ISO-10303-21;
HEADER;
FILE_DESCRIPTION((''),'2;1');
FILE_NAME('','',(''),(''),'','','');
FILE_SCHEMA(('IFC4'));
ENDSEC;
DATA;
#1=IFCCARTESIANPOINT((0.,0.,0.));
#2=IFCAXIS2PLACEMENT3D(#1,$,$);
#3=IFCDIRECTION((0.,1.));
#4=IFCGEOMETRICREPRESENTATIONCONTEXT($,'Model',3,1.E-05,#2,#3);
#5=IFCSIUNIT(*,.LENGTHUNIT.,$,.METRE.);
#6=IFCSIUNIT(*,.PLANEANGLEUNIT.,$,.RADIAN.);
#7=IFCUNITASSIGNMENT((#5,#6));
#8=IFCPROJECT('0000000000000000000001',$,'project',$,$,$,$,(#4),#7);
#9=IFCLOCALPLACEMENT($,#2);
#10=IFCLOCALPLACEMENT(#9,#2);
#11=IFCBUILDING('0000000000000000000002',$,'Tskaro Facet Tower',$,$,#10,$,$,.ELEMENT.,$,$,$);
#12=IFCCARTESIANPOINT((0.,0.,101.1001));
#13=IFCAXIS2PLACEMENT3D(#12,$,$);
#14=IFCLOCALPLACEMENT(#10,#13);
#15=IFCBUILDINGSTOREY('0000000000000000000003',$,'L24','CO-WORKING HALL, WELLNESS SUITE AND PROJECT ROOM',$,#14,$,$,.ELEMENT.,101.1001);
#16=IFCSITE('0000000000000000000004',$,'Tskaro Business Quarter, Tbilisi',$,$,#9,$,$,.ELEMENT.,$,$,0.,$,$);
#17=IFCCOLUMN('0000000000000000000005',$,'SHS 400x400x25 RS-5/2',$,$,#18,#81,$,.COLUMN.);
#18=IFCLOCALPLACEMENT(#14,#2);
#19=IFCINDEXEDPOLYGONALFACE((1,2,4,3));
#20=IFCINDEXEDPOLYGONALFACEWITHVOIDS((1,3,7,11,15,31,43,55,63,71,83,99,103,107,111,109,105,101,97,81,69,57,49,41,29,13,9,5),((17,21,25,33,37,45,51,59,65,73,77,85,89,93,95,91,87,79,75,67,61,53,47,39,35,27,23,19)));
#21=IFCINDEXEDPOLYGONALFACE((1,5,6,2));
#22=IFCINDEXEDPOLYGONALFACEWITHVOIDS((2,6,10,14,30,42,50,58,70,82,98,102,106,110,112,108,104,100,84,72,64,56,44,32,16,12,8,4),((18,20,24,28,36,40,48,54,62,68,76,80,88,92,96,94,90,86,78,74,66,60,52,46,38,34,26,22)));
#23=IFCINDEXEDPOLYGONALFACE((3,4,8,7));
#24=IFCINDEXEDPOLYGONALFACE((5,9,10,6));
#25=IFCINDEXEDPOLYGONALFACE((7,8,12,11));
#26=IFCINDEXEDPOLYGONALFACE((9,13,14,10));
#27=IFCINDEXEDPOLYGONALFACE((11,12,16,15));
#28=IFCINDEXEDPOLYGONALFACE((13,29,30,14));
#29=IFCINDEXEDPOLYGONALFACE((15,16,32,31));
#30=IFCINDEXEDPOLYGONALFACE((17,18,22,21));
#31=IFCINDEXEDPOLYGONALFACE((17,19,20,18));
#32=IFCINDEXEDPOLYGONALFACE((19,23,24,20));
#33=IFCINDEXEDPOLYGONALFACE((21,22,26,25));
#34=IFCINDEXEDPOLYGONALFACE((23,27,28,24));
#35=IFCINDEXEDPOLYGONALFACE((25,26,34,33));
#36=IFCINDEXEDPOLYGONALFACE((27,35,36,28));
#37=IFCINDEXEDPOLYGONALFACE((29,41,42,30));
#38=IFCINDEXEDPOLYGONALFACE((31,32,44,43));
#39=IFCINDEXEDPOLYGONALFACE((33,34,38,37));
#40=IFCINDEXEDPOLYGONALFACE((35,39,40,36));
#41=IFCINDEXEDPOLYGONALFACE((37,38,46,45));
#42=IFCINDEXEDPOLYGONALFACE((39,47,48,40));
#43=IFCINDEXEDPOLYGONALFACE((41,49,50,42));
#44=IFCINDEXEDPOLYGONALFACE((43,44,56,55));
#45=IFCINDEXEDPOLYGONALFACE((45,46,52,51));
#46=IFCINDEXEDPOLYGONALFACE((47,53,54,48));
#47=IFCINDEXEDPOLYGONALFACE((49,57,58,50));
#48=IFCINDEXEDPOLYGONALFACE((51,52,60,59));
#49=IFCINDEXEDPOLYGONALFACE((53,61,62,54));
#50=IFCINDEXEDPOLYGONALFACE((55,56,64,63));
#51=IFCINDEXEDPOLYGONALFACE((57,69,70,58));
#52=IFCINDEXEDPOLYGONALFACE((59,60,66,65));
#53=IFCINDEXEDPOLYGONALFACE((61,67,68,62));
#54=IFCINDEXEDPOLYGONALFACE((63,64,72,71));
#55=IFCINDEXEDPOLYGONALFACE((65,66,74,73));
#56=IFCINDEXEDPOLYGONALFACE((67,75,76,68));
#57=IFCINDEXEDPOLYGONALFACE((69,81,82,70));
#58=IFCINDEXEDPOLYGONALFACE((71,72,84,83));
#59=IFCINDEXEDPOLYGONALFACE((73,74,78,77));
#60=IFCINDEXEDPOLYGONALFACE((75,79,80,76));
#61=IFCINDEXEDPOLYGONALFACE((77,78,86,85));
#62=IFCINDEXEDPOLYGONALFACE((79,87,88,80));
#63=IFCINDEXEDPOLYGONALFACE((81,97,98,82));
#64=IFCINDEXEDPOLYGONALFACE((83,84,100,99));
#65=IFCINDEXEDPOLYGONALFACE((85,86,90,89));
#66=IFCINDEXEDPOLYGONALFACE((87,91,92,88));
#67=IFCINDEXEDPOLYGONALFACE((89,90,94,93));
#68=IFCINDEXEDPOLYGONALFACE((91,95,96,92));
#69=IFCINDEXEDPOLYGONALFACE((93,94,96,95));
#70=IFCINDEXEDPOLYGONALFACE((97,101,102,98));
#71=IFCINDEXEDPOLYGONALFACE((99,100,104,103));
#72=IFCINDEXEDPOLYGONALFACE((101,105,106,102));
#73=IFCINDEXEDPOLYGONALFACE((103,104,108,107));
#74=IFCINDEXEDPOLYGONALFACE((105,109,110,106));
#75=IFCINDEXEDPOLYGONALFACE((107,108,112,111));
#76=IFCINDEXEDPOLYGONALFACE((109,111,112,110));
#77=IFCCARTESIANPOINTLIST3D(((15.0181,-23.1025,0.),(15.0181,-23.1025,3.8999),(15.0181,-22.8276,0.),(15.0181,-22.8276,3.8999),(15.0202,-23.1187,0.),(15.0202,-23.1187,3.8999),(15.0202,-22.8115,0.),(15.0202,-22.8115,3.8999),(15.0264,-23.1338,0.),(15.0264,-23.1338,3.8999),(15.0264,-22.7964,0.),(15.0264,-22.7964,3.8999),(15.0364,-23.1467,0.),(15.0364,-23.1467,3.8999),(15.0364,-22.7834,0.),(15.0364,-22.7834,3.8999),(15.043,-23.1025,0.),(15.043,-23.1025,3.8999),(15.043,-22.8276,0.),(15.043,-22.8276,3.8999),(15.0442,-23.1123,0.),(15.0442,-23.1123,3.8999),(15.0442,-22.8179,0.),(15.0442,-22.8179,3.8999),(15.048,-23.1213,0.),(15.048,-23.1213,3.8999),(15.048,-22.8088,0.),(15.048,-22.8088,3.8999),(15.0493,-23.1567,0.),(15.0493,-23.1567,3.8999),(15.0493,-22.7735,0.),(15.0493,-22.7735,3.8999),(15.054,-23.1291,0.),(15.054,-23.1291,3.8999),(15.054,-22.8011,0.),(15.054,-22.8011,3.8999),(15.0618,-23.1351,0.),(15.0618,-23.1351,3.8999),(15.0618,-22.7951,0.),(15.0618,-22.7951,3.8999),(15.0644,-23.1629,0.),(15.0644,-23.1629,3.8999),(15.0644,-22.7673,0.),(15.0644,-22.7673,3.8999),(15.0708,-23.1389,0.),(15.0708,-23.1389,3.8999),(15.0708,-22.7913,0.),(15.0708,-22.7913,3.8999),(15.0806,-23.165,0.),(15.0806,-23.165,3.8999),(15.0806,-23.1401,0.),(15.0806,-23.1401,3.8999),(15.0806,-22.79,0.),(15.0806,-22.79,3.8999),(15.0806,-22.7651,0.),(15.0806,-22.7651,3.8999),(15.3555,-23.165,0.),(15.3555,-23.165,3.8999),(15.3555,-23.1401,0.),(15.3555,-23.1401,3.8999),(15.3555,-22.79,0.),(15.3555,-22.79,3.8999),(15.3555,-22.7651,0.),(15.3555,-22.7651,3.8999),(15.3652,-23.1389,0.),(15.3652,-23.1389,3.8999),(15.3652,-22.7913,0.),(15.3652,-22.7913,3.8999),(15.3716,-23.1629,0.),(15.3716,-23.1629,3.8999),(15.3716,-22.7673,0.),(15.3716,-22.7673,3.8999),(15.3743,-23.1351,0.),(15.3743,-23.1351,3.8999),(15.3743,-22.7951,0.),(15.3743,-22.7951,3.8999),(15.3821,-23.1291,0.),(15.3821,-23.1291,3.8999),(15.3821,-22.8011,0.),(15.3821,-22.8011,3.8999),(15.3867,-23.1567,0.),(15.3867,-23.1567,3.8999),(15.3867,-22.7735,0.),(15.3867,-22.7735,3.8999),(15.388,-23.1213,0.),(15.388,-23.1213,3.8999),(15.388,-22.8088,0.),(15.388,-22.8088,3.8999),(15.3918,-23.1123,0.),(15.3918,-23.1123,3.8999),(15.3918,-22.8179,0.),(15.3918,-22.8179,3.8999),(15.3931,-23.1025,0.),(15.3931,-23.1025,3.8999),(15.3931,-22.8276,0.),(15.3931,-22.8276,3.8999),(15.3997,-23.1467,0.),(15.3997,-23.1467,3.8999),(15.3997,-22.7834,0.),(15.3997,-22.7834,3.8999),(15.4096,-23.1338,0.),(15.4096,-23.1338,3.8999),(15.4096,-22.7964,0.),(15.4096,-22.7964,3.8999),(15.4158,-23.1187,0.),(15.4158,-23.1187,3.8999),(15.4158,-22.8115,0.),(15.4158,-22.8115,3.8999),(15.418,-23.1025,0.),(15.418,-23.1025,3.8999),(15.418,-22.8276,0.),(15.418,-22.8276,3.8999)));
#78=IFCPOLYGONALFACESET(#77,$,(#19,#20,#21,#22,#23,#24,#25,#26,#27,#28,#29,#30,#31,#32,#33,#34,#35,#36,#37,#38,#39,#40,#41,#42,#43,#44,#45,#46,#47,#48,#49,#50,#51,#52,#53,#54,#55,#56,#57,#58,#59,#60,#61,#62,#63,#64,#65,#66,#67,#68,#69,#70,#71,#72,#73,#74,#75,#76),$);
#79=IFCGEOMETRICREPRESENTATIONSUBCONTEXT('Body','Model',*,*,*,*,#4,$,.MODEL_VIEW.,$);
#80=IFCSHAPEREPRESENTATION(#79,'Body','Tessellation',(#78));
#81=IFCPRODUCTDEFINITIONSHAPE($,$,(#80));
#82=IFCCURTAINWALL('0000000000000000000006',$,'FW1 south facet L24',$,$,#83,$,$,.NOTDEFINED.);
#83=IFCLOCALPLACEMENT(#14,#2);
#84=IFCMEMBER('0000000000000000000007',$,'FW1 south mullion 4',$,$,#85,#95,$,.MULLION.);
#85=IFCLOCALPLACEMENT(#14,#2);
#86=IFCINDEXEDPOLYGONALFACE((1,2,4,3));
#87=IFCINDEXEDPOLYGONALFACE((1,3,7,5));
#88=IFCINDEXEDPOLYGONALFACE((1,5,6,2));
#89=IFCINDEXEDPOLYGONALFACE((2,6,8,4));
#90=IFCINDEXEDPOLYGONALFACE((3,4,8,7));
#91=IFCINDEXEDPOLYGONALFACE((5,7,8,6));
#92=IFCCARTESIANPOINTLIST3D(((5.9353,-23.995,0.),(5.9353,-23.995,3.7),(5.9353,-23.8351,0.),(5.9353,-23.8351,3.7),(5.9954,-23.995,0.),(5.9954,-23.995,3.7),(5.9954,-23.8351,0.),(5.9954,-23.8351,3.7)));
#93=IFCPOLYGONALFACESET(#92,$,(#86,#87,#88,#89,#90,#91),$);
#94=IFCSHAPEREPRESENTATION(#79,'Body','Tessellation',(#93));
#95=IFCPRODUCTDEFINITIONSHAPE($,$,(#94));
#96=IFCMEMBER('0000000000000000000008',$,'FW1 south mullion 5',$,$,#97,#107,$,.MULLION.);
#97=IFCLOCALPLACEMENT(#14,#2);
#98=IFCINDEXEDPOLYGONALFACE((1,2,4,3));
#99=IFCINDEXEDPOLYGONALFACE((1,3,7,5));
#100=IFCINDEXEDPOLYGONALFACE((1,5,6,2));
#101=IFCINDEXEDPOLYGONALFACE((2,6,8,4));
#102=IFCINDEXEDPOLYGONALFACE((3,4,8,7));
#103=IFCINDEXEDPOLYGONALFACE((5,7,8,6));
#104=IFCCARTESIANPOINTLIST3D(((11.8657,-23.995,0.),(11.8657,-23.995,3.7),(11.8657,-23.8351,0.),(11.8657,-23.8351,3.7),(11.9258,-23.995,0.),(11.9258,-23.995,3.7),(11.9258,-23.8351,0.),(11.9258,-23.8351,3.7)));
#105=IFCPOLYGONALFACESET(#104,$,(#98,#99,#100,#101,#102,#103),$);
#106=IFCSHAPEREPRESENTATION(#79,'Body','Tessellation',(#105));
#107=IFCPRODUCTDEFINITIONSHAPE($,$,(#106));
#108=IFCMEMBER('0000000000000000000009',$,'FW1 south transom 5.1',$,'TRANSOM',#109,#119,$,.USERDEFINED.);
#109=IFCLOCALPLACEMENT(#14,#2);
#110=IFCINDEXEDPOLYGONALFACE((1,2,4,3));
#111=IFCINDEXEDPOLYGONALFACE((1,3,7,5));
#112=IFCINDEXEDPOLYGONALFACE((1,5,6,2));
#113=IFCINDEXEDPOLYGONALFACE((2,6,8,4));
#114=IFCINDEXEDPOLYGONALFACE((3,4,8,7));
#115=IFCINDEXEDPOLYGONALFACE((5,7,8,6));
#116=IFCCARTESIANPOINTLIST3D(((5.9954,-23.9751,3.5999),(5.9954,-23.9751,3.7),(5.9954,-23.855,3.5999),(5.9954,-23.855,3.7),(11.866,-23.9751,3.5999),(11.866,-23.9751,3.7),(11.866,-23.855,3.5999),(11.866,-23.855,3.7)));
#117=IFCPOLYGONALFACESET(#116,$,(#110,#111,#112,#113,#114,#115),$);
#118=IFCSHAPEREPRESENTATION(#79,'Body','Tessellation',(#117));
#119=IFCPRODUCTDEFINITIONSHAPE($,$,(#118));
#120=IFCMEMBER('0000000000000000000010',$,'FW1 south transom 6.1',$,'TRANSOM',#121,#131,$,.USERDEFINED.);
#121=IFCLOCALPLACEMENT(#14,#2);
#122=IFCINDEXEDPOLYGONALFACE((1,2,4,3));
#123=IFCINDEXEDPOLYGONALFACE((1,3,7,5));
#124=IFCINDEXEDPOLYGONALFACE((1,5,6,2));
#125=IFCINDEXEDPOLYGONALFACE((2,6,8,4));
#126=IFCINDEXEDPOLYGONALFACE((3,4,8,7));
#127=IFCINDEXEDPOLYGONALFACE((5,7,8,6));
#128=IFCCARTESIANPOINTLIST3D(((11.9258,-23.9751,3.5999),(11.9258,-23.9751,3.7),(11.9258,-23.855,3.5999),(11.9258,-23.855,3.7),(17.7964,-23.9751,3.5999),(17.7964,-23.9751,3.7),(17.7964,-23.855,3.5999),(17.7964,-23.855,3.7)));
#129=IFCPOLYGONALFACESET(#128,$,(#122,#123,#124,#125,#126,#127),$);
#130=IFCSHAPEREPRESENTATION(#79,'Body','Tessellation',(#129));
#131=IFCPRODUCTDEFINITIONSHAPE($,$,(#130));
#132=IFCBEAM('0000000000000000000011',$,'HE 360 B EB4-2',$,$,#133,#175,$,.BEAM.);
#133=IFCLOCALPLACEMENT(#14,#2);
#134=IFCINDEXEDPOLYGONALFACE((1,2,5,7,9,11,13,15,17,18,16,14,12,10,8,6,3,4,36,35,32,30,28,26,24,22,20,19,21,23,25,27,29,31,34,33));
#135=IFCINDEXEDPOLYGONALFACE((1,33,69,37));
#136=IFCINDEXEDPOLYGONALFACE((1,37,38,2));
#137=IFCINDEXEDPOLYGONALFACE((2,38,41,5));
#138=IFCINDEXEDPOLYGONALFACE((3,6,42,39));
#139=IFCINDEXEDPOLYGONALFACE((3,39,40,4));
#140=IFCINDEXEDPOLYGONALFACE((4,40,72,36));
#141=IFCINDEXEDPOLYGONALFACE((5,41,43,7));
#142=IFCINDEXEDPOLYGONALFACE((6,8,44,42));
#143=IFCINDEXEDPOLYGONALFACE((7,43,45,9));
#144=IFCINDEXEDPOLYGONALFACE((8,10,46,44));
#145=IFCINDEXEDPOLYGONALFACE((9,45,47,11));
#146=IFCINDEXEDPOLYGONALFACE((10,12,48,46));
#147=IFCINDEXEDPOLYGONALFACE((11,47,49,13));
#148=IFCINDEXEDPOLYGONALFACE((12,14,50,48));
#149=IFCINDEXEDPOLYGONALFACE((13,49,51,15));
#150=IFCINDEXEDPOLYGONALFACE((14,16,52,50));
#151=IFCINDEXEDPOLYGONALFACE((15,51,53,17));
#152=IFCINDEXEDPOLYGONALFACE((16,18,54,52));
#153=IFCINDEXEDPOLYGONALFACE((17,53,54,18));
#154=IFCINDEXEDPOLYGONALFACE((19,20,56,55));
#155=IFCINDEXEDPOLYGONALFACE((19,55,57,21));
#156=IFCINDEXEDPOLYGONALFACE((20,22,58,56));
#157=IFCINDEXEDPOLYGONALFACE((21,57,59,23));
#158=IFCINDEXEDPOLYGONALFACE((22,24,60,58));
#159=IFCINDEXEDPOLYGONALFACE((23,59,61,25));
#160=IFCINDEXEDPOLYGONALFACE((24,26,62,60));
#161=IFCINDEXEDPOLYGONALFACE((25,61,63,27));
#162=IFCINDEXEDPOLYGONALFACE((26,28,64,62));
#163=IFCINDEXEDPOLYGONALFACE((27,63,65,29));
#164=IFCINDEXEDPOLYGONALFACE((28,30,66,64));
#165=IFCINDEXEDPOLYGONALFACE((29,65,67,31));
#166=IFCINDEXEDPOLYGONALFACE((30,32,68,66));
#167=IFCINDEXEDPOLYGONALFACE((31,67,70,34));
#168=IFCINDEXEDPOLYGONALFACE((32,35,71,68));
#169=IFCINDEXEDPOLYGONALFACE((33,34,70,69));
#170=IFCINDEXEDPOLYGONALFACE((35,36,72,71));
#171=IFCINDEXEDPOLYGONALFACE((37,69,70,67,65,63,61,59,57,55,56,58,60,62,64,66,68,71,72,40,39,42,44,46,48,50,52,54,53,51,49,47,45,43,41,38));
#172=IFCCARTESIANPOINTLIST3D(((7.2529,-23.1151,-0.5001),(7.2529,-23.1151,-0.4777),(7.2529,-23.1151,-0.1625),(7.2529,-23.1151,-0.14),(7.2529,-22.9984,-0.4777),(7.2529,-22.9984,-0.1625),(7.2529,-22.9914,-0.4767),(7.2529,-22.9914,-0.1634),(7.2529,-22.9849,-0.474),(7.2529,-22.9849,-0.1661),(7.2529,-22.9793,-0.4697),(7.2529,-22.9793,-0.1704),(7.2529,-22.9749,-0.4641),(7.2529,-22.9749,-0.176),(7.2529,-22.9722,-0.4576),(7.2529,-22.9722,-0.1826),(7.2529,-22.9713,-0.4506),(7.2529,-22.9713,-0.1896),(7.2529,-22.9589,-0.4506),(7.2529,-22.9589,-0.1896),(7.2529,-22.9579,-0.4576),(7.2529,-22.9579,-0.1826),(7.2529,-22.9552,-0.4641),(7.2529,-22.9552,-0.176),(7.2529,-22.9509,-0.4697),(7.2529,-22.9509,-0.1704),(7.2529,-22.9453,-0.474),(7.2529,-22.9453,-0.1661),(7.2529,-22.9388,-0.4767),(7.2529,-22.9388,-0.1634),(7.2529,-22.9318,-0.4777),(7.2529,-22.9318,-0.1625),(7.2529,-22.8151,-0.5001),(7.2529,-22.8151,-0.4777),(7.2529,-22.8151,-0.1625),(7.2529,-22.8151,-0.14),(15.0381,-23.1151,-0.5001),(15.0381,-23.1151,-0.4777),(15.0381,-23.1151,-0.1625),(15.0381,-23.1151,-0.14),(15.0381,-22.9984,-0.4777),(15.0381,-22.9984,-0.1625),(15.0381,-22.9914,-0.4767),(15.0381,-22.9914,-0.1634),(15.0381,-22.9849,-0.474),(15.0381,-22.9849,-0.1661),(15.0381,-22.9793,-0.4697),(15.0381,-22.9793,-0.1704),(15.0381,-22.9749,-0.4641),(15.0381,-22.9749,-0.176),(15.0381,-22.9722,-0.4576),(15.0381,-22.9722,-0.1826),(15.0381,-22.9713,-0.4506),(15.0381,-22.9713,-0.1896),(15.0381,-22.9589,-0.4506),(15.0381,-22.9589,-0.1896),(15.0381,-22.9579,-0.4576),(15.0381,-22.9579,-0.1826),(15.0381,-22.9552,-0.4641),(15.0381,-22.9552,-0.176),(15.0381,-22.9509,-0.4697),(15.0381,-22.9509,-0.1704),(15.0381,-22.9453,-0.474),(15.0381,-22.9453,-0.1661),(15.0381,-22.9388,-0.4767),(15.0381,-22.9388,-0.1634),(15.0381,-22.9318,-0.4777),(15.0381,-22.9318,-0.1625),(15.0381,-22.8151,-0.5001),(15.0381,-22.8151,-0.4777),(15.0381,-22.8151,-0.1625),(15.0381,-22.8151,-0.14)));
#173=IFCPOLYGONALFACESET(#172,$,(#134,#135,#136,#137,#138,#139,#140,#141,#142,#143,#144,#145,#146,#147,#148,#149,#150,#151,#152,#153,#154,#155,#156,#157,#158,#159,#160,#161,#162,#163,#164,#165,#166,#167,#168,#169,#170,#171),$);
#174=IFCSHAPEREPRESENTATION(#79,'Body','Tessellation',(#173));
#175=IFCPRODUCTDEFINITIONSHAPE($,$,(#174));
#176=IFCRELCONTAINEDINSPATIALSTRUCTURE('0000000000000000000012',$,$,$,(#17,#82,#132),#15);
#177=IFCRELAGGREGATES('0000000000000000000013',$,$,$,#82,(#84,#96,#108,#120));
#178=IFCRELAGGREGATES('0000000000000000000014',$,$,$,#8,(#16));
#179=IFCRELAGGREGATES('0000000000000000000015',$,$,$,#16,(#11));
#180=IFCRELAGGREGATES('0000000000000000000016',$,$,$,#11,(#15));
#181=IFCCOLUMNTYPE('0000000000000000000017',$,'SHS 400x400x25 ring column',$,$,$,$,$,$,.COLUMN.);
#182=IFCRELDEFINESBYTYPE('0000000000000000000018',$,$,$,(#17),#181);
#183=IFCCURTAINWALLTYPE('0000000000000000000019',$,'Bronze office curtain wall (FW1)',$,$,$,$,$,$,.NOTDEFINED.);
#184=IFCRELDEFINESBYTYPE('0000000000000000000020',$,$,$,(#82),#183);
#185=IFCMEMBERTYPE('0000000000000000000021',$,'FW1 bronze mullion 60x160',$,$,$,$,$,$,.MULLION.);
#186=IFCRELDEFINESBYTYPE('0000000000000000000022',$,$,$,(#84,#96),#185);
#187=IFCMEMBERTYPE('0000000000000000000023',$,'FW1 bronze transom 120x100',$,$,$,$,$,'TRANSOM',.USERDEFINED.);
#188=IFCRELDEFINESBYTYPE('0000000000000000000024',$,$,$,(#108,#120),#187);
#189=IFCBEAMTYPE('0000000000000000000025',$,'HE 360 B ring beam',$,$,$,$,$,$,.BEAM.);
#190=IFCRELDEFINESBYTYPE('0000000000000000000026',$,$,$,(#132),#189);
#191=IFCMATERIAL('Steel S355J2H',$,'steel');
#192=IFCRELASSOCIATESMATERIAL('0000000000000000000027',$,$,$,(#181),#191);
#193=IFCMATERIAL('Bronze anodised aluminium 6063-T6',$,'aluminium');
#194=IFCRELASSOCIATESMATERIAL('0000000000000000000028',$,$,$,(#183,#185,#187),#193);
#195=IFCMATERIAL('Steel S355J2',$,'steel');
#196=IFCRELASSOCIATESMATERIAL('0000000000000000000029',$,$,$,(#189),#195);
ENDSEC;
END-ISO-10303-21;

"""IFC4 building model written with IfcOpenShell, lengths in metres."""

from ifc_helpers import new_model, si_unit, direction, frame, origin, origin_2d, place, context, subcontext, project, spatial, rectangle, hollow_rectangle, i_section, extrude, material, material_profile, profile_set, type_object, element, aggregate, save


model = new_model("IFC4")

# Units and contexts
model_context = context("Model", 3, precision=1e-05, world=origin(), true_north=direction((0.0, 1.0)))
body_context = subcontext(model_context, "Body", "Model", "MODEL_VIEW")
ifc_project = project(units=[si_unit("LENGTHUNIT", "METRE"), si_unit("PLANEANGLEUNIT", "RADIAN")], contexts=[model_context])

# Site, building, storey
site_placement = place(None, origin())
site = spatial("IfcSite", under=ifc_project, at=site_placement, Name="Tskaro Business Quarter, Tbilisi", CompositionType="ELEMENT", RefElevation=0.0)
building_placement = place(site_placement, origin())
building = spatial("IfcBuilding", under=site, at=building_placement, Name="Tskaro Facet Tower", CompositionType="ELEMENT")
storey_placement = place(building_placement, frame((0.0, 0.0, 101.1001)))
storey = spatial("IfcBuildingStorey", under=building, at=storey_placement, Name="L24", Description="CO-WORKING HALL, WELLNESS SUITE AND PROJECT ROOM", CompositionType="ELEMENT", Elevation=101.1001)

# Column
ifc_material_1 = material(Name="Steel S355J2H", Category="steel")
ifc_material_profile_1 = material_profile(ifc_material_1, hollow_rectangle(XDim=0.3999, YDim=0.3999, WallThickness=0.0249, InnerFilletRadius=0.0376, OuterFilletRadius=0.0625, at=origin_2d()), Name="SHS 400x400x25")
ifc_profile_set_1 = profile_set([ifc_material_profile_1], Name="Steel S355J2H")
column_type_1 = type_object("IfcColumnType", Name="SHS 400x400x25 ring column", PredefinedType="COLUMN", material=ifc_profile_set_1)
for number, where, z_axis, x_axis, name in (
    (1, (15.218, -22.9651, 0.0), (0.0, 0.0, 1.0), (1.0, 0.0, 0.0), "SHS 400x400x25 RS-5/2"),
):
    element("IfcColumn", number, at=place(storey_placement, frame(where, z_axis=z_axis, x_axis=x_axis)), inside=storey, type_object=column_type_1, Name=name, PredefinedType="COLUMN", context=body_context, shape_type="SweptSolid", body=[
        extrude(hollow_rectangle(XDim=0.3999, YDim=0.3999, WallThickness=0.0249, InnerFilletRadius=0.0376, OuterFilletRadius=0.0625, at=origin_2d()), origin(), (0.0, 0.0, 1.0), 3.8999),
    ])

# Curtain wall, members
ifc_material_2 = material(Name="Bronze anodised aluminium 6063-T6", Category="aluminium")
curtain_wall_type = type_object("IfcCurtainWallType", Name="Bronze office curtain wall (FW1)", PredefinedType="NOTDEFINED", material=ifc_material_2)
curtain_wall_placement = place(storey_placement, origin())
curtain_wall = element("IfcCurtainWall", 2, at=curtain_wall_placement, inside=storey, type_object=curtain_wall_type, Name="FW1 south facet L24", PredefinedType="NOTDEFINED")
ifc_material_profile_2 = material_profile(ifc_material_2, rectangle(XDim=0.0601, YDim=0.1599, at=origin_2d()), Name="Mullion 60x160")
ifc_profile_set_2 = profile_set([ifc_material_profile_2], Name="Bronze anodised aluminium 6063-T6")
member_type_1 = type_object("IfcMemberType", Name="FW1 bronze mullion 60x160", PredefinedType="MULLION", material=ifc_profile_set_2)
member_1_placement = place(storey_placement, frame((5.9653, -23.915, 0.0), z_axis=(0.0, 0.0, 1.0), x_axis=(1.0, 0.0, 0.0)))
member_1 = element("IfcMember", 3, at=member_1_placement, type_object=member_type_1, Name="FW1 south mullion 4", PredefinedType="MULLION", context=body_context, shape_type="SweptSolid", body=[
    extrude(rectangle(XDim=0.0601, YDim=0.1599, at=origin_2d()), origin(), (0.0, 0.0, 1.0), 3.7),
])
member_2_placement = place(storey_placement, frame((11.8958, -23.915, 0.0), z_axis=(0.0, 0.0, 1.0), x_axis=(1.0, 0.0, 0.0)))
member_2 = element("IfcMember", 4, at=member_2_placement, type_object=member_type_1, Name="FW1 south mullion 5", PredefinedType="MULLION", context=body_context, shape_type="SweptSolid", body=[
    extrude(rectangle(XDim=0.0601, YDim=0.1599, at=origin_2d()), origin(), (0.0, 0.0, 1.0), 3.7),
])
ifc_material_profile_3 = material_profile(ifc_material_2, rectangle(XDim=0.1201, YDim=0.1001, at=origin_2d()), Name="Transom 120x100")
ifc_profile_set_3 = profile_set([ifc_material_profile_3], Name="Bronze anodised aluminium 6063-T6")
member_type_2 = type_object("IfcMemberType", Name="FW1 bronze transom 120x100", ElementType="TRANSOM", PredefinedType="USERDEFINED", material=ifc_profile_set_3)
member_3_placement = place(storey_placement, frame((5.9954, -23.915, 3.6499), z_axis=(1.0, 0.0, 0.0), x_axis=(0.0, 1.0, 0.0)))
member_3 = element("IfcMember", 5, at=member_3_placement, type_object=member_type_2, Name="FW1 south transom 5.1", ObjectType="TRANSOM", PredefinedType="USERDEFINED", context=body_context, shape_type="SweptSolid", body=[
    extrude(rectangle(XDim=0.1201, YDim=0.1001, at=origin_2d()), origin(), (0.0, 0.0, 1.0), 5.8706),
])
member_4_placement = place(storey_placement, frame((11.9258, -23.915, 3.6499), z_axis=(1.0, 0.0, 0.0), x_axis=(0.0, 1.0, 0.0)))
member_4 = element("IfcMember", 6, at=member_4_placement, type_object=member_type_2, Name="FW1 south transom 6.1", ObjectType="TRANSOM", PredefinedType="USERDEFINED", context=body_context, shape_type="SweptSolid", body=[
    extrude(rectangle(XDim=0.1201, YDim=0.1001, at=origin_2d()), origin(), (0.0, 0.0, 1.0), 5.8706),
])

# Beam
ifc_material_3 = material(Name="Steel S355J2", Category="steel")
ifc_material_profile_4 = material_profile(ifc_material_3, i_section(OverallWidth=0.3, OverallDepth=0.3601, WebThickness=0.0125, FlangeThickness=0.0225, FilletRadius=0.0271, at=origin_2d()), Name="HE 360 B")
ifc_profile_set_4 = profile_set([ifc_material_profile_4], Name="Steel S355J2")
beam_type_1 = type_object("IfcBeamType", Name="HE 360 B ring beam", PredefinedType="BEAM", material=ifc_profile_set_4)
beam_1_placement = place(storey_placement, frame((7.2529, -22.9651, -0.3201), z_axis=(1.0, 0.0, 0.0), x_axis=(0.0, 1.0, 0.0)))
element("IfcBeam", 7, at=beam_1_placement, inside=storey, type_object=beam_type_1, Name="HE 360 B EB4-2", PredefinedType="BEAM", context=body_context, shape_type="SweptSolid", body=[
    extrude(i_section(OverallWidth=0.3, OverallDepth=0.3601, WebThickness=0.0125, FlangeThickness=0.0225, FilletRadius=0.0271, at=origin_2d()), origin(), (0.0, 0.0, 1.0), 7.7852),
])

aggregate(curtain_wall, [member_1, member_2, member_3, member_4])

save(model, "model.ifc")
